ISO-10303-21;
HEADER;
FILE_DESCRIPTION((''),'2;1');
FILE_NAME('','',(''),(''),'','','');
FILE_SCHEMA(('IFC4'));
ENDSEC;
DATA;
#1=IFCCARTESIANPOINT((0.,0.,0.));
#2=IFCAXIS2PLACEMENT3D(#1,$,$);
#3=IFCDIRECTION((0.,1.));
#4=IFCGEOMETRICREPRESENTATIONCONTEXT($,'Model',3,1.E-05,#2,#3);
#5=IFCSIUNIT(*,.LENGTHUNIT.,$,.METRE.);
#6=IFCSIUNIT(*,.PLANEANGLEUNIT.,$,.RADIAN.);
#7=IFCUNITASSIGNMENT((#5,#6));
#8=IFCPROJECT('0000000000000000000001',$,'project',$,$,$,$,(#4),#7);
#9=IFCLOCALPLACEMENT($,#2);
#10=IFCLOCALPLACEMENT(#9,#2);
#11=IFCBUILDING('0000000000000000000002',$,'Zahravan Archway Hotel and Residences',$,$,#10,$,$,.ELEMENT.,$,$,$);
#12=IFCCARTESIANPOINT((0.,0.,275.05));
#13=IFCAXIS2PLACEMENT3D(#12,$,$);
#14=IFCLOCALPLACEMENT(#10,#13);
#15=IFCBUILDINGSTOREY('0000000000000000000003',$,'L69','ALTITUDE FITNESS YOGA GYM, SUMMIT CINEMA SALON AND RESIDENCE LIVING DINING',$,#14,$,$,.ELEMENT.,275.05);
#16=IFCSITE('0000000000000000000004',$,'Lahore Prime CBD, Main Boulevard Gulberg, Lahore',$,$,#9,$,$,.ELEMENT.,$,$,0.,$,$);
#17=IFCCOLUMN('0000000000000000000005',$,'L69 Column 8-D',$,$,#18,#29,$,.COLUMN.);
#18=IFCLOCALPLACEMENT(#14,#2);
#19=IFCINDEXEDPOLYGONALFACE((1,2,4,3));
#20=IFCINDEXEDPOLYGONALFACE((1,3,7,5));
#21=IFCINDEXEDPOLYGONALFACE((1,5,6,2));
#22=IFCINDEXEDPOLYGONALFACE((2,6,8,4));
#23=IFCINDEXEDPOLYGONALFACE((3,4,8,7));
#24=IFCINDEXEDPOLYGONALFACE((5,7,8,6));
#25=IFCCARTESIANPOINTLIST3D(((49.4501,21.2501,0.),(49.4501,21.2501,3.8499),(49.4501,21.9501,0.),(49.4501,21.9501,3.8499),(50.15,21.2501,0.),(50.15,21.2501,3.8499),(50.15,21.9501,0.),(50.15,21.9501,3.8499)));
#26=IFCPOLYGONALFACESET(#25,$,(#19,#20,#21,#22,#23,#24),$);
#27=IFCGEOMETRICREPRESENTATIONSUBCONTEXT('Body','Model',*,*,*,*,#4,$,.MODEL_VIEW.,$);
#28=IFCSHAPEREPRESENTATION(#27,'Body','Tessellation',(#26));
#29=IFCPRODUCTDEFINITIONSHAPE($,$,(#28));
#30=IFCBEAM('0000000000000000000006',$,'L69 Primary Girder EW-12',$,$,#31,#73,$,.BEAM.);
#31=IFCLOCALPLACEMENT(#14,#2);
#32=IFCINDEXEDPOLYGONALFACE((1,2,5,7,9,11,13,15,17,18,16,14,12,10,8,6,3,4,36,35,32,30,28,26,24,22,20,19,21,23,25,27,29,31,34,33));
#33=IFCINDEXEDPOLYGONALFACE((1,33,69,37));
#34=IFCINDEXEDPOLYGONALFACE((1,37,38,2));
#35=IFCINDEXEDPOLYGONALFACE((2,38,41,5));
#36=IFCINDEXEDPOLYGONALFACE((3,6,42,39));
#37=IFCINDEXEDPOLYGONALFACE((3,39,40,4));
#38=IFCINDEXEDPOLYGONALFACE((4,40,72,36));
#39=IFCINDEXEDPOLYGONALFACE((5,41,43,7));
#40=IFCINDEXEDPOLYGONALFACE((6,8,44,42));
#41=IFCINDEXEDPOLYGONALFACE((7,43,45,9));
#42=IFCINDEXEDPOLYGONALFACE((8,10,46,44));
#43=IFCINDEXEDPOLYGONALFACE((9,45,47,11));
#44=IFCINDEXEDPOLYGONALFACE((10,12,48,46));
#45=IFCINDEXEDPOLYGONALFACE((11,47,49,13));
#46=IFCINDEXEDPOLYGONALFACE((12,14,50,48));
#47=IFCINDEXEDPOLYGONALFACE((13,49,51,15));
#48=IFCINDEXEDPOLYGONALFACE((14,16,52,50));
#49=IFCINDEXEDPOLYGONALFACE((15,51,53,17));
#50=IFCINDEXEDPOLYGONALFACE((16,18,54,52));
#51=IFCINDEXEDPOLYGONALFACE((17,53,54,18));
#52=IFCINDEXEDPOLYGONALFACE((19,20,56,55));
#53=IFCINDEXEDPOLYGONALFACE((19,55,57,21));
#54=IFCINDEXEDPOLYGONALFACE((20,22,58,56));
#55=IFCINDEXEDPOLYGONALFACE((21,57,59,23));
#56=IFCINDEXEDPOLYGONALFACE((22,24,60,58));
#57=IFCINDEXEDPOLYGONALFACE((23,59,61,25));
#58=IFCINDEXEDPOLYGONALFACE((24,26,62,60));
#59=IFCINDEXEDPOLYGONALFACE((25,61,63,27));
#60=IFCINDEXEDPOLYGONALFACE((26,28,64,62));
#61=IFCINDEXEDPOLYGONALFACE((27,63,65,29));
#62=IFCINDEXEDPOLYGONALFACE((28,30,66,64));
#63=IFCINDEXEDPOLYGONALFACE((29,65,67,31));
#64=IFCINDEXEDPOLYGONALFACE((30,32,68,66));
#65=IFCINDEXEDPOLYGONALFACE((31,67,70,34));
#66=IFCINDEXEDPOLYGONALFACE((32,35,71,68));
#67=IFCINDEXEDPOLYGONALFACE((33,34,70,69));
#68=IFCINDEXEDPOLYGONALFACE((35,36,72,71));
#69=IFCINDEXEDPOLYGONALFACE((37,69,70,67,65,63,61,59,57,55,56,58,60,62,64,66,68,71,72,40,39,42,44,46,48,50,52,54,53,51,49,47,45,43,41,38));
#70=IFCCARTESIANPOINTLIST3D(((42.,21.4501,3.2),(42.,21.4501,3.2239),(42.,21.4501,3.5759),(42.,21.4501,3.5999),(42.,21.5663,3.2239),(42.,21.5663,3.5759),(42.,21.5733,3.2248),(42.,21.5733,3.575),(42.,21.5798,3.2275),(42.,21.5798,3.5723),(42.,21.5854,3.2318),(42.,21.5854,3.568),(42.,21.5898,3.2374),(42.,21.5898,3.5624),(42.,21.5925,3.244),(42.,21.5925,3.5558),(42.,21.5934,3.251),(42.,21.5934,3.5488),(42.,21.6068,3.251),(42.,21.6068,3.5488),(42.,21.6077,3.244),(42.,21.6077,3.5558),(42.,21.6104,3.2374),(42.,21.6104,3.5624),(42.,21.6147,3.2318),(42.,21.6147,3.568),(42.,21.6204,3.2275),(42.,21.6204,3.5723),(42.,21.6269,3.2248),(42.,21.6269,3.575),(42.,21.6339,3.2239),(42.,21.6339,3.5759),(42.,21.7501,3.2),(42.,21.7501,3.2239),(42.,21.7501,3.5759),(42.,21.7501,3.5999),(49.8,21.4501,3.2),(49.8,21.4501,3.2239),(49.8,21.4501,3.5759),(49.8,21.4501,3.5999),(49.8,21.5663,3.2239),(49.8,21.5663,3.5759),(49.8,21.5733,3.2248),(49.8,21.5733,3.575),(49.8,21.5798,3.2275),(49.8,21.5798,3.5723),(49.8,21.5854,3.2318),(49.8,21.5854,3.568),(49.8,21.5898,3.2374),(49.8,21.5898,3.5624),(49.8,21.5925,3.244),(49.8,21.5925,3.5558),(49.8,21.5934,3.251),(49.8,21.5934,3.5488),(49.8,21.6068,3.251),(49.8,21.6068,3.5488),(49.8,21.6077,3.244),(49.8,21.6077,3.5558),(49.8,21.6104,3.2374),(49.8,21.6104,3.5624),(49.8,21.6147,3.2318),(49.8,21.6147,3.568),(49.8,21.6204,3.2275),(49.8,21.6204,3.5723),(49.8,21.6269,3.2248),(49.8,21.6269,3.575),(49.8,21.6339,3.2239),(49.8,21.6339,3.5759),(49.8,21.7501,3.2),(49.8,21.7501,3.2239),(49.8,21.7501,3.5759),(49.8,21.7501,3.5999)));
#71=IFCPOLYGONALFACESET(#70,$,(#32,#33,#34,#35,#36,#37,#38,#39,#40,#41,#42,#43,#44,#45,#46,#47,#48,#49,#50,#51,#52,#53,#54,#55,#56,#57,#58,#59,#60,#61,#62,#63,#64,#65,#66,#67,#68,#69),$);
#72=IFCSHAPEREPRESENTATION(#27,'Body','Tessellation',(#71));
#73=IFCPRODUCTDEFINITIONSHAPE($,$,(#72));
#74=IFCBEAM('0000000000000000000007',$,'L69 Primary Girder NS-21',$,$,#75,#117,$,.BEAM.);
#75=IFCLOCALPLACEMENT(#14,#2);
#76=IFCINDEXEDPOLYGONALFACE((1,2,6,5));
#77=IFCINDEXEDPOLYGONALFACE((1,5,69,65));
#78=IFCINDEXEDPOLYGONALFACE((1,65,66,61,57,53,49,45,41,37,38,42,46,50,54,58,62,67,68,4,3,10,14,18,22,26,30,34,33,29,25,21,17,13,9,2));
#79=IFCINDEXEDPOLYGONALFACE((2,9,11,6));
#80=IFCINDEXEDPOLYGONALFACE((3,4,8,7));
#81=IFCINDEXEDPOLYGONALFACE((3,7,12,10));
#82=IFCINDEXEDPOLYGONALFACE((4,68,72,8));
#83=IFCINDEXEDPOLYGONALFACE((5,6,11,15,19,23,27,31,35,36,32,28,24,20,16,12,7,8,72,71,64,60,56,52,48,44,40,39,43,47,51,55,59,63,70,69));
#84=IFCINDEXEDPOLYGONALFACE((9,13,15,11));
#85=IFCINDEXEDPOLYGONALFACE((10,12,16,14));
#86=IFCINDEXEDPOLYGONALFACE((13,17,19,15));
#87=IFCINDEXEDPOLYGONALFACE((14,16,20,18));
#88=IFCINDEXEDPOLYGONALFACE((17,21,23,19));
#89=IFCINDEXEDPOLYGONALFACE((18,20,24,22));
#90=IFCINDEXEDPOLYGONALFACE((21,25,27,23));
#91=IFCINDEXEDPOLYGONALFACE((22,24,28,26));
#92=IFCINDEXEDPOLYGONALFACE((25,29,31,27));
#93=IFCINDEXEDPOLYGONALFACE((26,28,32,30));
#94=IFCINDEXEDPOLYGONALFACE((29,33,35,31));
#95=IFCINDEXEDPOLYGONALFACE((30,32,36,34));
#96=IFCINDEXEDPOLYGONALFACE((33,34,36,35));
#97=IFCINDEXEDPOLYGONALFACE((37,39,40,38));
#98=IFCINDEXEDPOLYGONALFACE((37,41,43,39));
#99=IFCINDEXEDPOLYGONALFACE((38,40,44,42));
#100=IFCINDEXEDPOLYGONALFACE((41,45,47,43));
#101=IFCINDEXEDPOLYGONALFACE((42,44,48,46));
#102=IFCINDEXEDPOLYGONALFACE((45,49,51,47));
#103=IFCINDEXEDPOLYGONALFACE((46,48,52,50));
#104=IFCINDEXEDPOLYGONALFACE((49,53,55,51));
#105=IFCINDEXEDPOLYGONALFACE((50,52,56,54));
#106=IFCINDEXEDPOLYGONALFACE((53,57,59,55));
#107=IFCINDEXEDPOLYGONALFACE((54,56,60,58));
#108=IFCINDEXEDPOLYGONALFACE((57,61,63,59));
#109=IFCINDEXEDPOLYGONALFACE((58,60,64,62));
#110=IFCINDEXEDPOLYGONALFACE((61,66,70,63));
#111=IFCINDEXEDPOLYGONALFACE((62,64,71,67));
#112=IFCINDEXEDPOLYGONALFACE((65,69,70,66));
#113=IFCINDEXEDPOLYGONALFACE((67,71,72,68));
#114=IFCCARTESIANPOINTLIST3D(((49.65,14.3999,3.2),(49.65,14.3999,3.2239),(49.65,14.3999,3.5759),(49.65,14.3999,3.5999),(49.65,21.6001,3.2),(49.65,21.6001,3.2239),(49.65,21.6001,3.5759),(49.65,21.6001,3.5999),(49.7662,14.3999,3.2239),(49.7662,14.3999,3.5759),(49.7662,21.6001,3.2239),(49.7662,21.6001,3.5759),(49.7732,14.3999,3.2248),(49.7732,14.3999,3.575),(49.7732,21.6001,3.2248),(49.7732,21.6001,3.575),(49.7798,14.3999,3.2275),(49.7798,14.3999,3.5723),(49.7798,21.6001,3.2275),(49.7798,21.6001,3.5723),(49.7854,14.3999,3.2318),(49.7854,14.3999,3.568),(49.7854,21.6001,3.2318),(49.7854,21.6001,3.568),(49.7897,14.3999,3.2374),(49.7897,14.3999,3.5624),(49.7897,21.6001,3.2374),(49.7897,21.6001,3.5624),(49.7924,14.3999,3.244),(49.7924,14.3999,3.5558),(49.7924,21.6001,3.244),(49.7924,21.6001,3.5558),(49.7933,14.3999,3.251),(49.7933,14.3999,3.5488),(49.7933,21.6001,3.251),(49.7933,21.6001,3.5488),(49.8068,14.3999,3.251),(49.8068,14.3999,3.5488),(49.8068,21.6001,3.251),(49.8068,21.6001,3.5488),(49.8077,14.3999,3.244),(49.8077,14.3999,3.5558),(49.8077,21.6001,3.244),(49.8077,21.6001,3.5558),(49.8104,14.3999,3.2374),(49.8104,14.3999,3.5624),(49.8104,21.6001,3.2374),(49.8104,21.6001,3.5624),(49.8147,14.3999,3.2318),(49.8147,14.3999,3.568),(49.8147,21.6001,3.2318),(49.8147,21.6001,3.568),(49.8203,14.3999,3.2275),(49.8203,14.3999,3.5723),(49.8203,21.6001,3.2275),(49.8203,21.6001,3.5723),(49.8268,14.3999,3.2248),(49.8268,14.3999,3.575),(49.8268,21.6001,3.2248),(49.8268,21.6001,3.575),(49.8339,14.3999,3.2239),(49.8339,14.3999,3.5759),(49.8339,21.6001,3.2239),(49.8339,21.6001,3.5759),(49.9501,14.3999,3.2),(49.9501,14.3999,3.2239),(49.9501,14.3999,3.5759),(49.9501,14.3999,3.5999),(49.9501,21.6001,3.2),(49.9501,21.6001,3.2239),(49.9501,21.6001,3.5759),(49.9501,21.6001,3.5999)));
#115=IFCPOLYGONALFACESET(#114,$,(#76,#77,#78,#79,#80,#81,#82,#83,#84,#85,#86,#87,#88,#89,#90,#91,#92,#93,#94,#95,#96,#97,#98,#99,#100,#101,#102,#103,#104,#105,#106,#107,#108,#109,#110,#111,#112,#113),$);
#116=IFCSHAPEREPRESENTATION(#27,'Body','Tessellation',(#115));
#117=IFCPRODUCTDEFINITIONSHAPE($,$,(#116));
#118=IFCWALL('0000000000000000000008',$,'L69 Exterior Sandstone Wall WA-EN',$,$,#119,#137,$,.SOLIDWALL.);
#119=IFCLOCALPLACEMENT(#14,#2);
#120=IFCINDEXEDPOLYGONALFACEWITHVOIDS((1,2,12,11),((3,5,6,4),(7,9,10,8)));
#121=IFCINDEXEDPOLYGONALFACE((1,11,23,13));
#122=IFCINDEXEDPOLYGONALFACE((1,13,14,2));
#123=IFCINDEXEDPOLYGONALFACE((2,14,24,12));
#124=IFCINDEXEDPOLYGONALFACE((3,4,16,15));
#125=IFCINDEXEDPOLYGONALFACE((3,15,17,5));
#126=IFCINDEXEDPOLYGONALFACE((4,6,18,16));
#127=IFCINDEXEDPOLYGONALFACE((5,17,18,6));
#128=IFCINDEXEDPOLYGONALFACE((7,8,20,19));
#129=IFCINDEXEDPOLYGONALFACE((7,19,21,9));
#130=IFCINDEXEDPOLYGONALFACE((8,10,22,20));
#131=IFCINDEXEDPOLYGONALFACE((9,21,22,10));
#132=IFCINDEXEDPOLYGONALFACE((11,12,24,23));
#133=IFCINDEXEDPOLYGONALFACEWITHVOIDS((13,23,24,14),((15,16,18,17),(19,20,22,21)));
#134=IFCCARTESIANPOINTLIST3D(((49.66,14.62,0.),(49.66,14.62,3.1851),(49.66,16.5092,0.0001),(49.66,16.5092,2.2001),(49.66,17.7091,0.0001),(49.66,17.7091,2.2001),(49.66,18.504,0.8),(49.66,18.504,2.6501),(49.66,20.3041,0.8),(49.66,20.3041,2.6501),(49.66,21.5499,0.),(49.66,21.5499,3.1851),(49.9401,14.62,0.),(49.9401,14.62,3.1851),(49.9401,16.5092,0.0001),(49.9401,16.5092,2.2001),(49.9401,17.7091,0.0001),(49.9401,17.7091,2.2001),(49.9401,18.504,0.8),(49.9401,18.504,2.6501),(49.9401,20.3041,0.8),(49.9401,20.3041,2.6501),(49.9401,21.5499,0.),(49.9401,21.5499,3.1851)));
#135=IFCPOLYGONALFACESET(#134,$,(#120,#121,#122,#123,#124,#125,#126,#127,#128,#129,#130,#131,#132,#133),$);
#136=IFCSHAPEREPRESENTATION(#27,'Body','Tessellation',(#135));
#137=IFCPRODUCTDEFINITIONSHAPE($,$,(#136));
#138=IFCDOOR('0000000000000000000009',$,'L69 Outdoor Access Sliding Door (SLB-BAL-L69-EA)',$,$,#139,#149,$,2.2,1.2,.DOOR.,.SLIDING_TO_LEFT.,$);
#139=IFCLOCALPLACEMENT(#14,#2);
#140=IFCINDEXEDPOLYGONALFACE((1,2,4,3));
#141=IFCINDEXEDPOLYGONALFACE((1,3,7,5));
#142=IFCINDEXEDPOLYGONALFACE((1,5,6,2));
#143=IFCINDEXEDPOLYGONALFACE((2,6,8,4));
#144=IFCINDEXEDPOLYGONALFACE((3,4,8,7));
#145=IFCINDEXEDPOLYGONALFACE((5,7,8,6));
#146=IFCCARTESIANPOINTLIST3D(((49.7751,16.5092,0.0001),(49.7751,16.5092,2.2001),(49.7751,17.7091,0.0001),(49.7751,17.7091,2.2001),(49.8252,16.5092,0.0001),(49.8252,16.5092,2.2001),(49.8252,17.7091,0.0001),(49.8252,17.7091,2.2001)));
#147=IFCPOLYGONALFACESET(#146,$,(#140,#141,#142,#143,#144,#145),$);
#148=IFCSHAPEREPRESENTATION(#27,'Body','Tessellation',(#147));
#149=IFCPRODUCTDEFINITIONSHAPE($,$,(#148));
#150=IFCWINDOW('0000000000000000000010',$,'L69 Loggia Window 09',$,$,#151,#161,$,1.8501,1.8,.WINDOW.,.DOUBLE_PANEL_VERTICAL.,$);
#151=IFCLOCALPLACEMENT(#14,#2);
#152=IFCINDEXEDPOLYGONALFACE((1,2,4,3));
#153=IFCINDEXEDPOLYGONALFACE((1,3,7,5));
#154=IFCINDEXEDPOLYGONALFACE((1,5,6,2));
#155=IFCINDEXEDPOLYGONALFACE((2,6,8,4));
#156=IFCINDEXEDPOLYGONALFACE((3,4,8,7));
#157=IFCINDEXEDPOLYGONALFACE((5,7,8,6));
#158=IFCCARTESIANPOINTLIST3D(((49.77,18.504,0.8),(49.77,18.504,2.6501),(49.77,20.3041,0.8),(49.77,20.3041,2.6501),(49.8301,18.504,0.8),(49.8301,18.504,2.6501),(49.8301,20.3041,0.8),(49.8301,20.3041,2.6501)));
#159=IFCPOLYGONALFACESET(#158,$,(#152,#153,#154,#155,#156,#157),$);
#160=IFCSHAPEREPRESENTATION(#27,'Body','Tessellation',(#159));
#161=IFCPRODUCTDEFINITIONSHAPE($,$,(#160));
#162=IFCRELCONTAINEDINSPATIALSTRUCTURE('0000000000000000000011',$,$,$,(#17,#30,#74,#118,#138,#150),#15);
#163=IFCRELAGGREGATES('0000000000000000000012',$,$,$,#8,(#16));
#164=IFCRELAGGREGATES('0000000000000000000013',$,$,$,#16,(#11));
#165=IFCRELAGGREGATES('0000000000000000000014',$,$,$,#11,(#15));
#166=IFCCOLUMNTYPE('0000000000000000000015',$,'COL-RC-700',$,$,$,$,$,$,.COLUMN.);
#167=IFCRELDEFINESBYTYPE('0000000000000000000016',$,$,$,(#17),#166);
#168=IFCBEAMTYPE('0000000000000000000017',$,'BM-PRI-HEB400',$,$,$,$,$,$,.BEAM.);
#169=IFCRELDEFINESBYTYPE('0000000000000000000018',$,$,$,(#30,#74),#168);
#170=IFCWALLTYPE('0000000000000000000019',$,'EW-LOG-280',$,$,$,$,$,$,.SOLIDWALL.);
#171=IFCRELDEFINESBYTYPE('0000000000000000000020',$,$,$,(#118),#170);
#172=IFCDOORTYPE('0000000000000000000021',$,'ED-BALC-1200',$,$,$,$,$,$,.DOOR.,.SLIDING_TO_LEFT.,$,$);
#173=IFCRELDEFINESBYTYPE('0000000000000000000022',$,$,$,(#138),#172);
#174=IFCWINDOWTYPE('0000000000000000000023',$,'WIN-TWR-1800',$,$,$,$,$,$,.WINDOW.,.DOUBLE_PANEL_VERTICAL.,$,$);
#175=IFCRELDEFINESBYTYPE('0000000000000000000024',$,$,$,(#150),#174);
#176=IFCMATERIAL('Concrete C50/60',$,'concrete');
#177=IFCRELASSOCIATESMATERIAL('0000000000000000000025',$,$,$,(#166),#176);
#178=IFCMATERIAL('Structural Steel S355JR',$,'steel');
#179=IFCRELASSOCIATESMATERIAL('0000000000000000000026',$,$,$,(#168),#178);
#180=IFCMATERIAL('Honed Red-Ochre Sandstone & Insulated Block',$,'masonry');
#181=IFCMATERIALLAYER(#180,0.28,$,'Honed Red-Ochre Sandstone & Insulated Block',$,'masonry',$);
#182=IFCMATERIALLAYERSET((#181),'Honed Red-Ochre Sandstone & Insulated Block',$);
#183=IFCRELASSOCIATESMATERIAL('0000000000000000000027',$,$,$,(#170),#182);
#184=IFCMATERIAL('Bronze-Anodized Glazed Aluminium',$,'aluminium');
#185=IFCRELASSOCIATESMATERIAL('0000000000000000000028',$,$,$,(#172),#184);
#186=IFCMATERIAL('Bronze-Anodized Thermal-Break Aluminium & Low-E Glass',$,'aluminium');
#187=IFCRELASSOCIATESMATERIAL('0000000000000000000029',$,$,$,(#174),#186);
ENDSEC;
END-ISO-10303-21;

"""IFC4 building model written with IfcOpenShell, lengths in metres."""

from ifc_helpers import new_model, si_unit, direction, frame, frame_2d, origin, origin_2d, place, context, subcontext, project, spatial, rectangle, i_section, extrude, source, transform, mapped, material, layer, layer_set, material_profile, profile_set, type_object, type_shapes, element, fill, save


model = new_model("IFC4")

# Units and contexts
model_context = context("Model", 3, precision=1e-05, world=origin(), true_north=direction((0.0, 1.0)))
body_context = subcontext(model_context, "Body", "Model", "MODEL_VIEW")
ifc_project = project(units=[si_unit("LENGTHUNIT", "METRE"), si_unit("PLANEANGLEUNIT", "RADIAN")], contexts=[model_context])

# Site, building, storey
site_placement = place(None, origin())
site = spatial("IfcSite", under=ifc_project, at=site_placement, Name="Lahore Prime CBD, Main Boulevard Gulberg, Lahore", CompositionType="ELEMENT", RefElevation=0.0)
building_placement = place(site_placement, origin())
building = spatial("IfcBuilding", under=site, at=building_placement, Name="Zahravan Archway Hotel and Residences", CompositionType="ELEMENT")
storey_placement = place(building_placement, frame((0.0, 0.0, 275.05)))
storey = spatial("IfcBuildingStorey", under=building, at=storey_placement, Name="L69", Description="ALTITUDE FITNESS YOGA GYM, SUMMIT CINEMA SALON AND RESIDENCE LIVING DINING", CompositionType="ELEMENT", Elevation=275.05)

# Column
ifc_material_1 = material(Name="Concrete C50/60", Category="concrete")
ifc_material_profile_1 = material_profile(ifc_material_1, rectangle(XDim=0.7, YDim=0.7, at=origin_2d()), Name="RC-COL-700x700", Category="concrete")
ifc_profile_set_1 = profile_set([ifc_material_profile_1], Name="Concrete C50/60")
column_type = type_object("IfcColumnType", Name="COL-RC-700", PredefinedType="COLUMN", material=ifc_profile_set_1)
shared_shape_1 = source(origin(), body_context, "Body", "SweptSolid", [
    extrude(rectangle(XDim=0.7, YDim=0.7, at=origin_2d()), origin(), (0.0, 0.0, 1.0), 3.8499),
])
type_shapes(column_type, [shared_shape_1])
column_placement = place(storey_placement, frame((49.8, 21.6001, 0.0), z_axis=(0.0, 0.0, 1.0), x_axis=(1.0, 0.0, 0.0)))
element("IfcColumn", 1, at=column_placement, inside=storey, type_object=column_type, Name="L69 Column 8-D", PredefinedType="COLUMN", context=body_context, shape_type="MappedRepresentation", body=[
    mapped(shared_shape_1, transform((0.0, 0.0, 0.0), scale=1.0)),
])

# Beams
ifc_material_2 = material(Name="Structural Steel S355JR", Category="steel")
ifc_material_profile_2 = material_profile(ifc_material_2, i_section(OverallWidth=0.3, OverallDepth=0.3999, WebThickness=0.0134, FlangeThickness=0.0239, FilletRadius=0.0271, at=origin_2d()), Name="HEB 400", Category="steel")
ifc_profile_set_2 = profile_set([ifc_material_profile_2], Name="Structural Steel S355JR")
beam_type = type_object("IfcBeamType", Name="BM-PRI-HEB400", PredefinedType="BEAM", material=ifc_profile_set_2)
shared_shape_2 = source(origin(), body_context, "Body", "SweptSolid", [
    extrude(i_section(OverallWidth=0.3, OverallDepth=0.3999, WebThickness=0.0134, FlangeThickness=0.0239, FilletRadius=0.0271, at=origin_2d()), origin(), (0.0, 0.0, 1.0), 7.8),
])
beam_1_placement = place(storey_placement, frame((42.0, 21.6001, 3.3999), z_axis=(1.0, 0.0, 0.0), x_axis=(0.0, 1.0, 0.0)))
element("IfcBeam", 2, at=beam_1_placement, inside=storey, type_object=beam_type, Name="L69 Primary Girder EW-12", PredefinedType="BEAM", context=body_context, shape_type="MappedRepresentation", body=[
    mapped(shared_shape_2, transform((0.0, 0.0, 0.0), scale=1.0)),
])
shared_shape_3 = source(origin(), body_context, "Body", "SweptSolid", [
    extrude(i_section(OverallWidth=0.3, OverallDepth=0.3999, WebThickness=0.0134, FlangeThickness=0.0239, FilletRadius=0.0271, at=origin_2d()), origin(), (0.0, 0.0, 1.0), 7.2002),
])
beam_2_placement = place(storey_placement, frame((49.8, 14.3999, 3.3999), z_axis=(0.0, 1.0, 0.0), x_axis=(-1.0, 0.0, 0.0)))
element("IfcBeam", 3, at=beam_2_placement, inside=storey, type_object=beam_type, Name="L69 Primary Girder NS-21", PredefinedType="BEAM", context=body_context, shape_type="MappedRepresentation", body=[
    mapped(shared_shape_3, transform((0.0, 0.0, 0.0), scale=1.0)),
])

# Wall, openings, door, window
ifc_material_3 = material(Name="Honed Red-Ochre Sandstone & Insulated Block", Category="masonry")
ifc_layer_1 = layer(ifc_material_3, 0.28, Name="Honed Red-Ochre Sandstone & Insulated Block", Category="masonry")
ifc_layer_set_1 = layer_set([ifc_layer_1], Name="Honed Red-Ochre Sandstone & Insulated Block")
wall_type_1 = type_object("IfcWallType", Name="EW-LOG-280", PredefinedType="SOLIDWALL", material=ifc_layer_set_1)
wall_1_placement = place(storey_placement, frame((49.8, 14.6201, 0.0), z_axis=(0.0, 0.0, 1.0), x_axis=(0.0, 1.0, 0.0)))
wall_1 = element("IfcWall", 4, at=wall_1_placement, inside=storey, type_object=wall_type_1, Name="L69 Exterior Sandstone Wall WA-EN", PredefinedType="SOLIDWALL", context=body_context, shape_type="SweptSolid", body=[
    extrude(rectangle(XDim=6.9299, YDim=0.28, at=frame_2d((3.4648, 0.0))), origin(), (0.0, 0.0, 1.0), 3.1851),
])
opening_1_placement = place(wall_1_placement, frame((1.8889, 0.0, 0.0)))
opening_1 = element("IfcOpeningElement", 5, at=opening_1_placement, cuts=wall_1, PredefinedType="OPENING", context=body_context, shape_type="SweptSolid", body=[
    extrude(rectangle(XDim=1.2, YDim=2.2, at=frame_2d((0.6001, 1.1001))), frame((0.0, 0.1499, 0.0), z_axis=(0.0, -1.0, 0.0), x_axis=(1.0, 0.0, 0.0)), (0.0, 0.0, 1.0), 0.3),
])
opening_2_placement = place(wall_1_placement, frame((3.884, 0.0, 0.8)))
opening_2 = element("IfcOpeningElement", 6, at=opening_2_placement, cuts=wall_1, PredefinedType="OPENING", context=body_context, shape_type="SweptSolid", body=[
    extrude(rectangle(XDim=1.8, YDim=1.8501, at=frame_2d((0.8999, 0.925))), frame((0.0, 0.1499, 0.0), z_axis=(0.0, -1.0, 0.0), x_axis=(1.0, 0.0, 0.0)), (0.0, 0.0, 1.0), 0.3),
])
ifc_material_4 = material(Name="Bronze-Anodized Glazed Aluminium", Category="aluminium")
door_type_1 = type_object("IfcDoorType", Name="ED-BALC-1200", OperationType="SLIDING_TO_LEFT", PredefinedType="DOOR", material=ifc_material_4)
shared_shape_4 = source(origin(), body_context, "Body", "SweptSolid", [
    extrude(rectangle(XDim=1.2, YDim=2.2, at=frame_2d((0.6001, 1.1001))), frame((0.0, 0.0249, 0.0), z_axis=(0.0, -1.0, 0.0), x_axis=(1.0, 0.0, 0.0)), (0.0, 0.0, 1.0), 0.05),
])
type_shapes(door_type_1, [shared_shape_4])
door_1_placement = place(opening_1_placement, origin())
door_1 = element("IfcDoor", 7, at=door_1_placement, inside=storey, type_object=door_type_1, Name="L69 Outdoor Access Sliding Door (SLB-BAL-L69-EA)", OperationType="SLIDING_TO_LEFT", OverallHeight=2.2, OverallWidth=1.2, PredefinedType="DOOR", context=body_context, shape_type="MappedRepresentation", body=[
    mapped(shared_shape_4, transform((0.0, 0.0, 0.0), scale=1.0)),
])
fill(opening_1, door_1)
ifc_material_5 = material(Name="Bronze-Anodized Thermal-Break Aluminium & Low-E Glass", Category="aluminium")
window_type = type_object("IfcWindowType", Name="WIN-TWR-1800", PartitioningType="DOUBLE_PANEL_VERTICAL", PredefinedType="WINDOW", material=ifc_material_5)
shared_shape_5 = source(origin(), body_context, "Body", "SweptSolid", [
    extrude(rectangle(XDim=1.8, YDim=1.8501, at=frame_2d((0.8999, 0.925))), frame((0.0, 0.03, 0.0), z_axis=(0.0, -1.0, 0.0), x_axis=(1.0, 0.0, 0.0)), (0.0, 0.0, 1.0), 0.0601),
])
type_shapes(window_type, [shared_shape_5])
window_placement = place(opening_2_placement, origin())
window = element("IfcWindow", 8, at=window_placement, inside=storey, type_object=window_type, Name="L69 Loggia Window 09", OverallHeight=1.8501, OverallWidth=1.8, PartitioningType="DOUBLE_PANEL_VERTICAL", PredefinedType="WINDOW", context=body_context, shape_type="MappedRepresentation", body=[
    mapped(shared_shape_5, transform((0.0, 0.0, 0.0), scale=1.0)),
])
fill(opening_2, window)

save(model, "model.ifc")
